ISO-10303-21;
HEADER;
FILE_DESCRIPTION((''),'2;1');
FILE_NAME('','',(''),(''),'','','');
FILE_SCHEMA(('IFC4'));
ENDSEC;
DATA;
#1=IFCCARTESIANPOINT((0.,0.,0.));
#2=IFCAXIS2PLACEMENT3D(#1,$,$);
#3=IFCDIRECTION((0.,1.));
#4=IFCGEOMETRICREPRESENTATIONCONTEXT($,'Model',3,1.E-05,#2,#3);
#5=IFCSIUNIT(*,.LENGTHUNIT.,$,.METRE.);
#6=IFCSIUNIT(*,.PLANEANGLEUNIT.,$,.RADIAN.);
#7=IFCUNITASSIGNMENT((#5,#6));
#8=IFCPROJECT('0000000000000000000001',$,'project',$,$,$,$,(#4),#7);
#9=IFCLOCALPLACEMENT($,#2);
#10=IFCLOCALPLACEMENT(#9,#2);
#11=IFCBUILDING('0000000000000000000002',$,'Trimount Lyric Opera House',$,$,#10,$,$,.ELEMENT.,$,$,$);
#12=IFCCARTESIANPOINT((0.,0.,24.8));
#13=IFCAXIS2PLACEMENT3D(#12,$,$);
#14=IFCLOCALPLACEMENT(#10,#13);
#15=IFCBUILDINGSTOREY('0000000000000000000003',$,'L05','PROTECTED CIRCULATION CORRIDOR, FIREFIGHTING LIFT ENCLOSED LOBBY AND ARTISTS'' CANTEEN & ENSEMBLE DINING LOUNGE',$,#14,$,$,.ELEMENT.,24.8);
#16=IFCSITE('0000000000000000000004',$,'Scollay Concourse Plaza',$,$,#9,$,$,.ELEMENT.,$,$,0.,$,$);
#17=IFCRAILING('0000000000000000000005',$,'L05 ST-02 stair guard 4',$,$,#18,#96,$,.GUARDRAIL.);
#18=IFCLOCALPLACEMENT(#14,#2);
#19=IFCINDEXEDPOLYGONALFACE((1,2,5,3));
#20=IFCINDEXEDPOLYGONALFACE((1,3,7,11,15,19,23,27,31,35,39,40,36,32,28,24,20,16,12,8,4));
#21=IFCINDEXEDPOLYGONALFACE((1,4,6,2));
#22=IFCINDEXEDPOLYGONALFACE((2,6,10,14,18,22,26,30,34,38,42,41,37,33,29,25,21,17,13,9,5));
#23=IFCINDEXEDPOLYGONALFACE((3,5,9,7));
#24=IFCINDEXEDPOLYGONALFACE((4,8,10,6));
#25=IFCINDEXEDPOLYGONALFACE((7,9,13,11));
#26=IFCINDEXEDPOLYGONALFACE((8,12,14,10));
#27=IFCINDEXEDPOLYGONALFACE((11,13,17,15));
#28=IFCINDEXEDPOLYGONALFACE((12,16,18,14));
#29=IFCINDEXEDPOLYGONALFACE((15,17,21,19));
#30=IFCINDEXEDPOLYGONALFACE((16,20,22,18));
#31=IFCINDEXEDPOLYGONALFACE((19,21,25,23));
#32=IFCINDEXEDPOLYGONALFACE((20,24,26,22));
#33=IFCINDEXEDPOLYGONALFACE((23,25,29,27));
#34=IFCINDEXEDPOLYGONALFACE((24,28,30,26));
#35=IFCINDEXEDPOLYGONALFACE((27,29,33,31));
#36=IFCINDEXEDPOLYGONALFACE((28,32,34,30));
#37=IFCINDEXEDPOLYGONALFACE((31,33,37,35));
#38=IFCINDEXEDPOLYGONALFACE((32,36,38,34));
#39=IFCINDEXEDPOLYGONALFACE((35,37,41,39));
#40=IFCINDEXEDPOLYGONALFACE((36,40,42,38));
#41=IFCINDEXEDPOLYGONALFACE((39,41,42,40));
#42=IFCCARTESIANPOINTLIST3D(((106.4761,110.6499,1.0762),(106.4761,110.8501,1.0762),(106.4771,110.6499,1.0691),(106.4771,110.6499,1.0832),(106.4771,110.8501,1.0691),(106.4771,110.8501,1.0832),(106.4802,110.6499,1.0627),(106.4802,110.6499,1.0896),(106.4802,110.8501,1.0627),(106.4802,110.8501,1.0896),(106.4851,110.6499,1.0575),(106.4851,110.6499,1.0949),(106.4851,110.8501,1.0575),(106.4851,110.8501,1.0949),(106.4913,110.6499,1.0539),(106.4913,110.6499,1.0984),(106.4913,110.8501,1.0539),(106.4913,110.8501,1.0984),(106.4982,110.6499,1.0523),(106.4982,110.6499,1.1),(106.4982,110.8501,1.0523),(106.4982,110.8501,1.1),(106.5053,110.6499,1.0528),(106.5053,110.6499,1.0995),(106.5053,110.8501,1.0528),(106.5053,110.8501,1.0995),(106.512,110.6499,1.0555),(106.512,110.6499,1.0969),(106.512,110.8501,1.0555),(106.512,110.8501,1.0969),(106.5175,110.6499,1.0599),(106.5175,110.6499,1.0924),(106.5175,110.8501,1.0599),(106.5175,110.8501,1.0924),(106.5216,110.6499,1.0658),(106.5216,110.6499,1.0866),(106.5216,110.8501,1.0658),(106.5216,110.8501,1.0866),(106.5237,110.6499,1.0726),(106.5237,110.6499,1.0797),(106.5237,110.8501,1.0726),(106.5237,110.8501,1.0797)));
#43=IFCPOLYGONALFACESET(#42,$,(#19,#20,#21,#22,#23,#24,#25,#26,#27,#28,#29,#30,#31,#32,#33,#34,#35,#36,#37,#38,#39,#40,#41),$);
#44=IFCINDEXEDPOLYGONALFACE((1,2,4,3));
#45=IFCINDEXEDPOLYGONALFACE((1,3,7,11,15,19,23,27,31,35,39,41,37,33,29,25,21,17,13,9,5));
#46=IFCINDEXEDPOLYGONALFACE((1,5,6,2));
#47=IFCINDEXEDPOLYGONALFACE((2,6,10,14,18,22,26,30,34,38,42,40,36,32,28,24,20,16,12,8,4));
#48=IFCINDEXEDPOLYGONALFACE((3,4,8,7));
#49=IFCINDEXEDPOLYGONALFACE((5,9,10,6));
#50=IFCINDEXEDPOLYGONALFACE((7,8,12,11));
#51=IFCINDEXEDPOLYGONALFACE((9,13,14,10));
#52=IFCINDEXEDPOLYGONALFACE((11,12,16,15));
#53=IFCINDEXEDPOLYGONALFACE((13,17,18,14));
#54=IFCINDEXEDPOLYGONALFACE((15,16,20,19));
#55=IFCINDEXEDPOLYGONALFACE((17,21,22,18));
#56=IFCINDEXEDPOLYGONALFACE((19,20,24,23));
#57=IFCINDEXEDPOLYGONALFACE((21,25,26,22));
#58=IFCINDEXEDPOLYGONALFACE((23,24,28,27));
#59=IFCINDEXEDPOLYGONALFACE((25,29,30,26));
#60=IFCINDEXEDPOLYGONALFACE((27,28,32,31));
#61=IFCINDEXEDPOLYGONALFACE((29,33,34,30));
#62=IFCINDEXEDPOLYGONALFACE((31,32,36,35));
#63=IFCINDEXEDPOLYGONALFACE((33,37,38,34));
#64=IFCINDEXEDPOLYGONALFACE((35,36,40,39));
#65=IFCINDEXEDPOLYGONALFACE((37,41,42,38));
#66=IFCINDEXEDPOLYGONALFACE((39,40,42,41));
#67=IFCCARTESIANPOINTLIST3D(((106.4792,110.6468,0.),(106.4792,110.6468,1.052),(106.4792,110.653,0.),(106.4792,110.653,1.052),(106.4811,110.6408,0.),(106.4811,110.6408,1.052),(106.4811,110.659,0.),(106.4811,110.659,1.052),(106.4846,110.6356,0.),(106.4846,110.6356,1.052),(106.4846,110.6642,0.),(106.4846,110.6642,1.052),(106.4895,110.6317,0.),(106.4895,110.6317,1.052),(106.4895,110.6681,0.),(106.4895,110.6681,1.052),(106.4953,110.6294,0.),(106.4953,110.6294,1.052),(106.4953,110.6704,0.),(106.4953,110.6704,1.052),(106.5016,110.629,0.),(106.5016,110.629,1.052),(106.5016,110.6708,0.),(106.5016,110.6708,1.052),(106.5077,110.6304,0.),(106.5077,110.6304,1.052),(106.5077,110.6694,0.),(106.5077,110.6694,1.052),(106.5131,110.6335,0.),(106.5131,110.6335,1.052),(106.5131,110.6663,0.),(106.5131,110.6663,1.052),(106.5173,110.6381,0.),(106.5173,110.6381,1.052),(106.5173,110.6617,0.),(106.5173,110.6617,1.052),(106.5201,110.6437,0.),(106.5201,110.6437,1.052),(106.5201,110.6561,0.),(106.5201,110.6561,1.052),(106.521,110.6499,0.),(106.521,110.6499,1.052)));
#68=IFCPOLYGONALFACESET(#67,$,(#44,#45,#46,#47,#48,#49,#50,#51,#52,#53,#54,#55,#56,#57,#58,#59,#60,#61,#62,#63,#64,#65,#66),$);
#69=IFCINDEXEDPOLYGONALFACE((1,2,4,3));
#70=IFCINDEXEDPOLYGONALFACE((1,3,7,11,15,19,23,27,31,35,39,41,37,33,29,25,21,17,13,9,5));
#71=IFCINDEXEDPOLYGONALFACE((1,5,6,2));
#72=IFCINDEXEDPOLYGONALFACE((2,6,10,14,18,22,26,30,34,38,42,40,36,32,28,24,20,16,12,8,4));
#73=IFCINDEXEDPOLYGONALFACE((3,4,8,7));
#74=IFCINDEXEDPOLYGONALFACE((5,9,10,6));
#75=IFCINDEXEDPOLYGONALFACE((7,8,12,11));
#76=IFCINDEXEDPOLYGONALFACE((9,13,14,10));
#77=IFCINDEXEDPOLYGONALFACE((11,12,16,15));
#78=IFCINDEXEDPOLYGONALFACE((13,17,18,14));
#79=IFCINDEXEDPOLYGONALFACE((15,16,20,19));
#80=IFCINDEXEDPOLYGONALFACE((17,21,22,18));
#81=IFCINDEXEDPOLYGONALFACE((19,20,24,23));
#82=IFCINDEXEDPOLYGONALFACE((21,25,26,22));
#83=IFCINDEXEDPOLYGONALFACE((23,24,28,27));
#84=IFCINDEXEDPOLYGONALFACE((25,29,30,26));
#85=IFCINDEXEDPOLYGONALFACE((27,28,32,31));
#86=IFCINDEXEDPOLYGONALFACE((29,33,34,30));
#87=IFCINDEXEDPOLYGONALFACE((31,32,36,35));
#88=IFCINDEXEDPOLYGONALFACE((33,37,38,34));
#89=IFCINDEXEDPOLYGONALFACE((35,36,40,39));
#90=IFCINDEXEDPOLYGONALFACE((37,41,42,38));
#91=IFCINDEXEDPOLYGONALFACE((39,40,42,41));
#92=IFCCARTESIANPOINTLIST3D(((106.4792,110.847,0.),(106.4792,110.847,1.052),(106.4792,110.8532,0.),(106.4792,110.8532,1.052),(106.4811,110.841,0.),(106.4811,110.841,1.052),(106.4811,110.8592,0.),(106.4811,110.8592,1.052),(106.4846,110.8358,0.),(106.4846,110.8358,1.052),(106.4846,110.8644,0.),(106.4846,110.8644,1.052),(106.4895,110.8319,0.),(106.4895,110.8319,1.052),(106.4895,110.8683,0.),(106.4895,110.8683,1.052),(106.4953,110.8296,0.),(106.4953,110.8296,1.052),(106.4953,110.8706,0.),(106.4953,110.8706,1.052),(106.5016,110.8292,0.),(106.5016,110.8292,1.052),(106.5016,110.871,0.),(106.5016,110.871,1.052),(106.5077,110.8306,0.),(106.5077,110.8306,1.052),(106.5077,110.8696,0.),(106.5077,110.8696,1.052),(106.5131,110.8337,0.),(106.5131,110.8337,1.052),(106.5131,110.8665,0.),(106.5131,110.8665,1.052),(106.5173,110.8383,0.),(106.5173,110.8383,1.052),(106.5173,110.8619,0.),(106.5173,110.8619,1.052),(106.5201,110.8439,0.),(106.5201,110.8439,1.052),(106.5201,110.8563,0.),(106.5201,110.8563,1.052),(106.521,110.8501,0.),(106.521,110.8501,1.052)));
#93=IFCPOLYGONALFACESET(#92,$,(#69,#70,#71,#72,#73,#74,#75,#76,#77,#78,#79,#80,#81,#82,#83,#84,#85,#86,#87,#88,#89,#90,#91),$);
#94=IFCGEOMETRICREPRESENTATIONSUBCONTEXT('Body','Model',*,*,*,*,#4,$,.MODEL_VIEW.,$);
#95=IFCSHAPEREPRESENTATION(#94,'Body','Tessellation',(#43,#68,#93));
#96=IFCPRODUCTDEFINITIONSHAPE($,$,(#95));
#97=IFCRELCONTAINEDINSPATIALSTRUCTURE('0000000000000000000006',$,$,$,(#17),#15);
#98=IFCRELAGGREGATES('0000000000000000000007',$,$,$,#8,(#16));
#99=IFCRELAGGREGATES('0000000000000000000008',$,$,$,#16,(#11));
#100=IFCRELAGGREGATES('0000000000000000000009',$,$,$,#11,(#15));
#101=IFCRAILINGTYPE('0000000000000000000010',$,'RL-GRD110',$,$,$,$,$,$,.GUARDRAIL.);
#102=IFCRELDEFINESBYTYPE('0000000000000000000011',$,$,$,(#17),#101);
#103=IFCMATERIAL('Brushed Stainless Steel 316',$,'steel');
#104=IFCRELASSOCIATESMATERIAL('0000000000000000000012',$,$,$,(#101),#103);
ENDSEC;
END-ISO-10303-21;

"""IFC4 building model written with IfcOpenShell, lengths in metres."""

from ifc_helpers import new_model, si_unit, direction, frame, origin, origin_2d, place, context, subcontext, project, spatial, circle, extrude, material, type_object, element, save


model = new_model("IFC4")

# Units and contexts
model_context = context("Model", 3, precision=1e-05, world=origin(), true_north=direction((0.0, 1.0)))
body_context = subcontext(model_context, "Body", "Model", "MODEL_VIEW")
ifc_project = project(units=[si_unit("LENGTHUNIT", "METRE"), si_unit("PLANEANGLEUNIT", "RADIAN")], contexts=[model_context])

# Site, building, storey
site_placement = place(None, origin())
site = spatial("IfcSite", under=ifc_project, at=site_placement, Name="Scollay Concourse Plaza", CompositionType="ELEMENT", RefElevation=0.0)
building_placement = place(site_placement, origin())
building = spatial("IfcBuilding", under=site, at=building_placement, Name="Trimount Lyric Opera House", CompositionType="ELEMENT")
storey_placement = place(building_placement, frame((0.0, 0.0, 24.8)))
storey = spatial("IfcBuildingStorey", under=building, at=storey_placement, Name="L05", Description="PROTECTED CIRCULATION CORRIDOR, FIREFIGHTING LIFT ENCLOSED LOBBY AND ARTISTS' CANTEEN & ENSEMBLE DINING LOUNGE", CompositionType="ELEMENT", Elevation=24.8)

# Railing
ifc_material_1 = material(Name="Brushed Stainless Steel 316", Category="steel")
railing_type_1 = type_object("IfcRailingType", Name="RL-GRD110", PredefinedType="GUARDRAIL", material=ifc_material_1)
railing_1_placement = place(storey_placement, frame((106.5, 110.6499, 0.0)))
element("IfcRailing", 1, at=railing_1_placement, inside=storey, type_object=railing_type_1, Name="L05 ST-02 stair guard 4", PredefinedType="GUARDRAIL", context=body_context, shape_type="SweptSolid", body=[
    extrude(circle(Radius=0.0239, at=origin_2d()), frame((0.0, 0.0, 1.0762), z_axis=(0.0, 1.0, 0.0), x_axis=(-1.0, 0.0, 0.0)), (0.0, 0.0, 1.0), 0.2002),
    extrude(circle(Radius=0.021, at=origin_2d()), origin(), (0.0, 0.0, 1.0), 1.052),
    extrude(circle(Radius=0.021, at=origin_2d()), frame((0.0, 0.2002, 0.0)), (0.0, 0.0, 1.0), 1.052),
])

save(model, "model.ifc")
